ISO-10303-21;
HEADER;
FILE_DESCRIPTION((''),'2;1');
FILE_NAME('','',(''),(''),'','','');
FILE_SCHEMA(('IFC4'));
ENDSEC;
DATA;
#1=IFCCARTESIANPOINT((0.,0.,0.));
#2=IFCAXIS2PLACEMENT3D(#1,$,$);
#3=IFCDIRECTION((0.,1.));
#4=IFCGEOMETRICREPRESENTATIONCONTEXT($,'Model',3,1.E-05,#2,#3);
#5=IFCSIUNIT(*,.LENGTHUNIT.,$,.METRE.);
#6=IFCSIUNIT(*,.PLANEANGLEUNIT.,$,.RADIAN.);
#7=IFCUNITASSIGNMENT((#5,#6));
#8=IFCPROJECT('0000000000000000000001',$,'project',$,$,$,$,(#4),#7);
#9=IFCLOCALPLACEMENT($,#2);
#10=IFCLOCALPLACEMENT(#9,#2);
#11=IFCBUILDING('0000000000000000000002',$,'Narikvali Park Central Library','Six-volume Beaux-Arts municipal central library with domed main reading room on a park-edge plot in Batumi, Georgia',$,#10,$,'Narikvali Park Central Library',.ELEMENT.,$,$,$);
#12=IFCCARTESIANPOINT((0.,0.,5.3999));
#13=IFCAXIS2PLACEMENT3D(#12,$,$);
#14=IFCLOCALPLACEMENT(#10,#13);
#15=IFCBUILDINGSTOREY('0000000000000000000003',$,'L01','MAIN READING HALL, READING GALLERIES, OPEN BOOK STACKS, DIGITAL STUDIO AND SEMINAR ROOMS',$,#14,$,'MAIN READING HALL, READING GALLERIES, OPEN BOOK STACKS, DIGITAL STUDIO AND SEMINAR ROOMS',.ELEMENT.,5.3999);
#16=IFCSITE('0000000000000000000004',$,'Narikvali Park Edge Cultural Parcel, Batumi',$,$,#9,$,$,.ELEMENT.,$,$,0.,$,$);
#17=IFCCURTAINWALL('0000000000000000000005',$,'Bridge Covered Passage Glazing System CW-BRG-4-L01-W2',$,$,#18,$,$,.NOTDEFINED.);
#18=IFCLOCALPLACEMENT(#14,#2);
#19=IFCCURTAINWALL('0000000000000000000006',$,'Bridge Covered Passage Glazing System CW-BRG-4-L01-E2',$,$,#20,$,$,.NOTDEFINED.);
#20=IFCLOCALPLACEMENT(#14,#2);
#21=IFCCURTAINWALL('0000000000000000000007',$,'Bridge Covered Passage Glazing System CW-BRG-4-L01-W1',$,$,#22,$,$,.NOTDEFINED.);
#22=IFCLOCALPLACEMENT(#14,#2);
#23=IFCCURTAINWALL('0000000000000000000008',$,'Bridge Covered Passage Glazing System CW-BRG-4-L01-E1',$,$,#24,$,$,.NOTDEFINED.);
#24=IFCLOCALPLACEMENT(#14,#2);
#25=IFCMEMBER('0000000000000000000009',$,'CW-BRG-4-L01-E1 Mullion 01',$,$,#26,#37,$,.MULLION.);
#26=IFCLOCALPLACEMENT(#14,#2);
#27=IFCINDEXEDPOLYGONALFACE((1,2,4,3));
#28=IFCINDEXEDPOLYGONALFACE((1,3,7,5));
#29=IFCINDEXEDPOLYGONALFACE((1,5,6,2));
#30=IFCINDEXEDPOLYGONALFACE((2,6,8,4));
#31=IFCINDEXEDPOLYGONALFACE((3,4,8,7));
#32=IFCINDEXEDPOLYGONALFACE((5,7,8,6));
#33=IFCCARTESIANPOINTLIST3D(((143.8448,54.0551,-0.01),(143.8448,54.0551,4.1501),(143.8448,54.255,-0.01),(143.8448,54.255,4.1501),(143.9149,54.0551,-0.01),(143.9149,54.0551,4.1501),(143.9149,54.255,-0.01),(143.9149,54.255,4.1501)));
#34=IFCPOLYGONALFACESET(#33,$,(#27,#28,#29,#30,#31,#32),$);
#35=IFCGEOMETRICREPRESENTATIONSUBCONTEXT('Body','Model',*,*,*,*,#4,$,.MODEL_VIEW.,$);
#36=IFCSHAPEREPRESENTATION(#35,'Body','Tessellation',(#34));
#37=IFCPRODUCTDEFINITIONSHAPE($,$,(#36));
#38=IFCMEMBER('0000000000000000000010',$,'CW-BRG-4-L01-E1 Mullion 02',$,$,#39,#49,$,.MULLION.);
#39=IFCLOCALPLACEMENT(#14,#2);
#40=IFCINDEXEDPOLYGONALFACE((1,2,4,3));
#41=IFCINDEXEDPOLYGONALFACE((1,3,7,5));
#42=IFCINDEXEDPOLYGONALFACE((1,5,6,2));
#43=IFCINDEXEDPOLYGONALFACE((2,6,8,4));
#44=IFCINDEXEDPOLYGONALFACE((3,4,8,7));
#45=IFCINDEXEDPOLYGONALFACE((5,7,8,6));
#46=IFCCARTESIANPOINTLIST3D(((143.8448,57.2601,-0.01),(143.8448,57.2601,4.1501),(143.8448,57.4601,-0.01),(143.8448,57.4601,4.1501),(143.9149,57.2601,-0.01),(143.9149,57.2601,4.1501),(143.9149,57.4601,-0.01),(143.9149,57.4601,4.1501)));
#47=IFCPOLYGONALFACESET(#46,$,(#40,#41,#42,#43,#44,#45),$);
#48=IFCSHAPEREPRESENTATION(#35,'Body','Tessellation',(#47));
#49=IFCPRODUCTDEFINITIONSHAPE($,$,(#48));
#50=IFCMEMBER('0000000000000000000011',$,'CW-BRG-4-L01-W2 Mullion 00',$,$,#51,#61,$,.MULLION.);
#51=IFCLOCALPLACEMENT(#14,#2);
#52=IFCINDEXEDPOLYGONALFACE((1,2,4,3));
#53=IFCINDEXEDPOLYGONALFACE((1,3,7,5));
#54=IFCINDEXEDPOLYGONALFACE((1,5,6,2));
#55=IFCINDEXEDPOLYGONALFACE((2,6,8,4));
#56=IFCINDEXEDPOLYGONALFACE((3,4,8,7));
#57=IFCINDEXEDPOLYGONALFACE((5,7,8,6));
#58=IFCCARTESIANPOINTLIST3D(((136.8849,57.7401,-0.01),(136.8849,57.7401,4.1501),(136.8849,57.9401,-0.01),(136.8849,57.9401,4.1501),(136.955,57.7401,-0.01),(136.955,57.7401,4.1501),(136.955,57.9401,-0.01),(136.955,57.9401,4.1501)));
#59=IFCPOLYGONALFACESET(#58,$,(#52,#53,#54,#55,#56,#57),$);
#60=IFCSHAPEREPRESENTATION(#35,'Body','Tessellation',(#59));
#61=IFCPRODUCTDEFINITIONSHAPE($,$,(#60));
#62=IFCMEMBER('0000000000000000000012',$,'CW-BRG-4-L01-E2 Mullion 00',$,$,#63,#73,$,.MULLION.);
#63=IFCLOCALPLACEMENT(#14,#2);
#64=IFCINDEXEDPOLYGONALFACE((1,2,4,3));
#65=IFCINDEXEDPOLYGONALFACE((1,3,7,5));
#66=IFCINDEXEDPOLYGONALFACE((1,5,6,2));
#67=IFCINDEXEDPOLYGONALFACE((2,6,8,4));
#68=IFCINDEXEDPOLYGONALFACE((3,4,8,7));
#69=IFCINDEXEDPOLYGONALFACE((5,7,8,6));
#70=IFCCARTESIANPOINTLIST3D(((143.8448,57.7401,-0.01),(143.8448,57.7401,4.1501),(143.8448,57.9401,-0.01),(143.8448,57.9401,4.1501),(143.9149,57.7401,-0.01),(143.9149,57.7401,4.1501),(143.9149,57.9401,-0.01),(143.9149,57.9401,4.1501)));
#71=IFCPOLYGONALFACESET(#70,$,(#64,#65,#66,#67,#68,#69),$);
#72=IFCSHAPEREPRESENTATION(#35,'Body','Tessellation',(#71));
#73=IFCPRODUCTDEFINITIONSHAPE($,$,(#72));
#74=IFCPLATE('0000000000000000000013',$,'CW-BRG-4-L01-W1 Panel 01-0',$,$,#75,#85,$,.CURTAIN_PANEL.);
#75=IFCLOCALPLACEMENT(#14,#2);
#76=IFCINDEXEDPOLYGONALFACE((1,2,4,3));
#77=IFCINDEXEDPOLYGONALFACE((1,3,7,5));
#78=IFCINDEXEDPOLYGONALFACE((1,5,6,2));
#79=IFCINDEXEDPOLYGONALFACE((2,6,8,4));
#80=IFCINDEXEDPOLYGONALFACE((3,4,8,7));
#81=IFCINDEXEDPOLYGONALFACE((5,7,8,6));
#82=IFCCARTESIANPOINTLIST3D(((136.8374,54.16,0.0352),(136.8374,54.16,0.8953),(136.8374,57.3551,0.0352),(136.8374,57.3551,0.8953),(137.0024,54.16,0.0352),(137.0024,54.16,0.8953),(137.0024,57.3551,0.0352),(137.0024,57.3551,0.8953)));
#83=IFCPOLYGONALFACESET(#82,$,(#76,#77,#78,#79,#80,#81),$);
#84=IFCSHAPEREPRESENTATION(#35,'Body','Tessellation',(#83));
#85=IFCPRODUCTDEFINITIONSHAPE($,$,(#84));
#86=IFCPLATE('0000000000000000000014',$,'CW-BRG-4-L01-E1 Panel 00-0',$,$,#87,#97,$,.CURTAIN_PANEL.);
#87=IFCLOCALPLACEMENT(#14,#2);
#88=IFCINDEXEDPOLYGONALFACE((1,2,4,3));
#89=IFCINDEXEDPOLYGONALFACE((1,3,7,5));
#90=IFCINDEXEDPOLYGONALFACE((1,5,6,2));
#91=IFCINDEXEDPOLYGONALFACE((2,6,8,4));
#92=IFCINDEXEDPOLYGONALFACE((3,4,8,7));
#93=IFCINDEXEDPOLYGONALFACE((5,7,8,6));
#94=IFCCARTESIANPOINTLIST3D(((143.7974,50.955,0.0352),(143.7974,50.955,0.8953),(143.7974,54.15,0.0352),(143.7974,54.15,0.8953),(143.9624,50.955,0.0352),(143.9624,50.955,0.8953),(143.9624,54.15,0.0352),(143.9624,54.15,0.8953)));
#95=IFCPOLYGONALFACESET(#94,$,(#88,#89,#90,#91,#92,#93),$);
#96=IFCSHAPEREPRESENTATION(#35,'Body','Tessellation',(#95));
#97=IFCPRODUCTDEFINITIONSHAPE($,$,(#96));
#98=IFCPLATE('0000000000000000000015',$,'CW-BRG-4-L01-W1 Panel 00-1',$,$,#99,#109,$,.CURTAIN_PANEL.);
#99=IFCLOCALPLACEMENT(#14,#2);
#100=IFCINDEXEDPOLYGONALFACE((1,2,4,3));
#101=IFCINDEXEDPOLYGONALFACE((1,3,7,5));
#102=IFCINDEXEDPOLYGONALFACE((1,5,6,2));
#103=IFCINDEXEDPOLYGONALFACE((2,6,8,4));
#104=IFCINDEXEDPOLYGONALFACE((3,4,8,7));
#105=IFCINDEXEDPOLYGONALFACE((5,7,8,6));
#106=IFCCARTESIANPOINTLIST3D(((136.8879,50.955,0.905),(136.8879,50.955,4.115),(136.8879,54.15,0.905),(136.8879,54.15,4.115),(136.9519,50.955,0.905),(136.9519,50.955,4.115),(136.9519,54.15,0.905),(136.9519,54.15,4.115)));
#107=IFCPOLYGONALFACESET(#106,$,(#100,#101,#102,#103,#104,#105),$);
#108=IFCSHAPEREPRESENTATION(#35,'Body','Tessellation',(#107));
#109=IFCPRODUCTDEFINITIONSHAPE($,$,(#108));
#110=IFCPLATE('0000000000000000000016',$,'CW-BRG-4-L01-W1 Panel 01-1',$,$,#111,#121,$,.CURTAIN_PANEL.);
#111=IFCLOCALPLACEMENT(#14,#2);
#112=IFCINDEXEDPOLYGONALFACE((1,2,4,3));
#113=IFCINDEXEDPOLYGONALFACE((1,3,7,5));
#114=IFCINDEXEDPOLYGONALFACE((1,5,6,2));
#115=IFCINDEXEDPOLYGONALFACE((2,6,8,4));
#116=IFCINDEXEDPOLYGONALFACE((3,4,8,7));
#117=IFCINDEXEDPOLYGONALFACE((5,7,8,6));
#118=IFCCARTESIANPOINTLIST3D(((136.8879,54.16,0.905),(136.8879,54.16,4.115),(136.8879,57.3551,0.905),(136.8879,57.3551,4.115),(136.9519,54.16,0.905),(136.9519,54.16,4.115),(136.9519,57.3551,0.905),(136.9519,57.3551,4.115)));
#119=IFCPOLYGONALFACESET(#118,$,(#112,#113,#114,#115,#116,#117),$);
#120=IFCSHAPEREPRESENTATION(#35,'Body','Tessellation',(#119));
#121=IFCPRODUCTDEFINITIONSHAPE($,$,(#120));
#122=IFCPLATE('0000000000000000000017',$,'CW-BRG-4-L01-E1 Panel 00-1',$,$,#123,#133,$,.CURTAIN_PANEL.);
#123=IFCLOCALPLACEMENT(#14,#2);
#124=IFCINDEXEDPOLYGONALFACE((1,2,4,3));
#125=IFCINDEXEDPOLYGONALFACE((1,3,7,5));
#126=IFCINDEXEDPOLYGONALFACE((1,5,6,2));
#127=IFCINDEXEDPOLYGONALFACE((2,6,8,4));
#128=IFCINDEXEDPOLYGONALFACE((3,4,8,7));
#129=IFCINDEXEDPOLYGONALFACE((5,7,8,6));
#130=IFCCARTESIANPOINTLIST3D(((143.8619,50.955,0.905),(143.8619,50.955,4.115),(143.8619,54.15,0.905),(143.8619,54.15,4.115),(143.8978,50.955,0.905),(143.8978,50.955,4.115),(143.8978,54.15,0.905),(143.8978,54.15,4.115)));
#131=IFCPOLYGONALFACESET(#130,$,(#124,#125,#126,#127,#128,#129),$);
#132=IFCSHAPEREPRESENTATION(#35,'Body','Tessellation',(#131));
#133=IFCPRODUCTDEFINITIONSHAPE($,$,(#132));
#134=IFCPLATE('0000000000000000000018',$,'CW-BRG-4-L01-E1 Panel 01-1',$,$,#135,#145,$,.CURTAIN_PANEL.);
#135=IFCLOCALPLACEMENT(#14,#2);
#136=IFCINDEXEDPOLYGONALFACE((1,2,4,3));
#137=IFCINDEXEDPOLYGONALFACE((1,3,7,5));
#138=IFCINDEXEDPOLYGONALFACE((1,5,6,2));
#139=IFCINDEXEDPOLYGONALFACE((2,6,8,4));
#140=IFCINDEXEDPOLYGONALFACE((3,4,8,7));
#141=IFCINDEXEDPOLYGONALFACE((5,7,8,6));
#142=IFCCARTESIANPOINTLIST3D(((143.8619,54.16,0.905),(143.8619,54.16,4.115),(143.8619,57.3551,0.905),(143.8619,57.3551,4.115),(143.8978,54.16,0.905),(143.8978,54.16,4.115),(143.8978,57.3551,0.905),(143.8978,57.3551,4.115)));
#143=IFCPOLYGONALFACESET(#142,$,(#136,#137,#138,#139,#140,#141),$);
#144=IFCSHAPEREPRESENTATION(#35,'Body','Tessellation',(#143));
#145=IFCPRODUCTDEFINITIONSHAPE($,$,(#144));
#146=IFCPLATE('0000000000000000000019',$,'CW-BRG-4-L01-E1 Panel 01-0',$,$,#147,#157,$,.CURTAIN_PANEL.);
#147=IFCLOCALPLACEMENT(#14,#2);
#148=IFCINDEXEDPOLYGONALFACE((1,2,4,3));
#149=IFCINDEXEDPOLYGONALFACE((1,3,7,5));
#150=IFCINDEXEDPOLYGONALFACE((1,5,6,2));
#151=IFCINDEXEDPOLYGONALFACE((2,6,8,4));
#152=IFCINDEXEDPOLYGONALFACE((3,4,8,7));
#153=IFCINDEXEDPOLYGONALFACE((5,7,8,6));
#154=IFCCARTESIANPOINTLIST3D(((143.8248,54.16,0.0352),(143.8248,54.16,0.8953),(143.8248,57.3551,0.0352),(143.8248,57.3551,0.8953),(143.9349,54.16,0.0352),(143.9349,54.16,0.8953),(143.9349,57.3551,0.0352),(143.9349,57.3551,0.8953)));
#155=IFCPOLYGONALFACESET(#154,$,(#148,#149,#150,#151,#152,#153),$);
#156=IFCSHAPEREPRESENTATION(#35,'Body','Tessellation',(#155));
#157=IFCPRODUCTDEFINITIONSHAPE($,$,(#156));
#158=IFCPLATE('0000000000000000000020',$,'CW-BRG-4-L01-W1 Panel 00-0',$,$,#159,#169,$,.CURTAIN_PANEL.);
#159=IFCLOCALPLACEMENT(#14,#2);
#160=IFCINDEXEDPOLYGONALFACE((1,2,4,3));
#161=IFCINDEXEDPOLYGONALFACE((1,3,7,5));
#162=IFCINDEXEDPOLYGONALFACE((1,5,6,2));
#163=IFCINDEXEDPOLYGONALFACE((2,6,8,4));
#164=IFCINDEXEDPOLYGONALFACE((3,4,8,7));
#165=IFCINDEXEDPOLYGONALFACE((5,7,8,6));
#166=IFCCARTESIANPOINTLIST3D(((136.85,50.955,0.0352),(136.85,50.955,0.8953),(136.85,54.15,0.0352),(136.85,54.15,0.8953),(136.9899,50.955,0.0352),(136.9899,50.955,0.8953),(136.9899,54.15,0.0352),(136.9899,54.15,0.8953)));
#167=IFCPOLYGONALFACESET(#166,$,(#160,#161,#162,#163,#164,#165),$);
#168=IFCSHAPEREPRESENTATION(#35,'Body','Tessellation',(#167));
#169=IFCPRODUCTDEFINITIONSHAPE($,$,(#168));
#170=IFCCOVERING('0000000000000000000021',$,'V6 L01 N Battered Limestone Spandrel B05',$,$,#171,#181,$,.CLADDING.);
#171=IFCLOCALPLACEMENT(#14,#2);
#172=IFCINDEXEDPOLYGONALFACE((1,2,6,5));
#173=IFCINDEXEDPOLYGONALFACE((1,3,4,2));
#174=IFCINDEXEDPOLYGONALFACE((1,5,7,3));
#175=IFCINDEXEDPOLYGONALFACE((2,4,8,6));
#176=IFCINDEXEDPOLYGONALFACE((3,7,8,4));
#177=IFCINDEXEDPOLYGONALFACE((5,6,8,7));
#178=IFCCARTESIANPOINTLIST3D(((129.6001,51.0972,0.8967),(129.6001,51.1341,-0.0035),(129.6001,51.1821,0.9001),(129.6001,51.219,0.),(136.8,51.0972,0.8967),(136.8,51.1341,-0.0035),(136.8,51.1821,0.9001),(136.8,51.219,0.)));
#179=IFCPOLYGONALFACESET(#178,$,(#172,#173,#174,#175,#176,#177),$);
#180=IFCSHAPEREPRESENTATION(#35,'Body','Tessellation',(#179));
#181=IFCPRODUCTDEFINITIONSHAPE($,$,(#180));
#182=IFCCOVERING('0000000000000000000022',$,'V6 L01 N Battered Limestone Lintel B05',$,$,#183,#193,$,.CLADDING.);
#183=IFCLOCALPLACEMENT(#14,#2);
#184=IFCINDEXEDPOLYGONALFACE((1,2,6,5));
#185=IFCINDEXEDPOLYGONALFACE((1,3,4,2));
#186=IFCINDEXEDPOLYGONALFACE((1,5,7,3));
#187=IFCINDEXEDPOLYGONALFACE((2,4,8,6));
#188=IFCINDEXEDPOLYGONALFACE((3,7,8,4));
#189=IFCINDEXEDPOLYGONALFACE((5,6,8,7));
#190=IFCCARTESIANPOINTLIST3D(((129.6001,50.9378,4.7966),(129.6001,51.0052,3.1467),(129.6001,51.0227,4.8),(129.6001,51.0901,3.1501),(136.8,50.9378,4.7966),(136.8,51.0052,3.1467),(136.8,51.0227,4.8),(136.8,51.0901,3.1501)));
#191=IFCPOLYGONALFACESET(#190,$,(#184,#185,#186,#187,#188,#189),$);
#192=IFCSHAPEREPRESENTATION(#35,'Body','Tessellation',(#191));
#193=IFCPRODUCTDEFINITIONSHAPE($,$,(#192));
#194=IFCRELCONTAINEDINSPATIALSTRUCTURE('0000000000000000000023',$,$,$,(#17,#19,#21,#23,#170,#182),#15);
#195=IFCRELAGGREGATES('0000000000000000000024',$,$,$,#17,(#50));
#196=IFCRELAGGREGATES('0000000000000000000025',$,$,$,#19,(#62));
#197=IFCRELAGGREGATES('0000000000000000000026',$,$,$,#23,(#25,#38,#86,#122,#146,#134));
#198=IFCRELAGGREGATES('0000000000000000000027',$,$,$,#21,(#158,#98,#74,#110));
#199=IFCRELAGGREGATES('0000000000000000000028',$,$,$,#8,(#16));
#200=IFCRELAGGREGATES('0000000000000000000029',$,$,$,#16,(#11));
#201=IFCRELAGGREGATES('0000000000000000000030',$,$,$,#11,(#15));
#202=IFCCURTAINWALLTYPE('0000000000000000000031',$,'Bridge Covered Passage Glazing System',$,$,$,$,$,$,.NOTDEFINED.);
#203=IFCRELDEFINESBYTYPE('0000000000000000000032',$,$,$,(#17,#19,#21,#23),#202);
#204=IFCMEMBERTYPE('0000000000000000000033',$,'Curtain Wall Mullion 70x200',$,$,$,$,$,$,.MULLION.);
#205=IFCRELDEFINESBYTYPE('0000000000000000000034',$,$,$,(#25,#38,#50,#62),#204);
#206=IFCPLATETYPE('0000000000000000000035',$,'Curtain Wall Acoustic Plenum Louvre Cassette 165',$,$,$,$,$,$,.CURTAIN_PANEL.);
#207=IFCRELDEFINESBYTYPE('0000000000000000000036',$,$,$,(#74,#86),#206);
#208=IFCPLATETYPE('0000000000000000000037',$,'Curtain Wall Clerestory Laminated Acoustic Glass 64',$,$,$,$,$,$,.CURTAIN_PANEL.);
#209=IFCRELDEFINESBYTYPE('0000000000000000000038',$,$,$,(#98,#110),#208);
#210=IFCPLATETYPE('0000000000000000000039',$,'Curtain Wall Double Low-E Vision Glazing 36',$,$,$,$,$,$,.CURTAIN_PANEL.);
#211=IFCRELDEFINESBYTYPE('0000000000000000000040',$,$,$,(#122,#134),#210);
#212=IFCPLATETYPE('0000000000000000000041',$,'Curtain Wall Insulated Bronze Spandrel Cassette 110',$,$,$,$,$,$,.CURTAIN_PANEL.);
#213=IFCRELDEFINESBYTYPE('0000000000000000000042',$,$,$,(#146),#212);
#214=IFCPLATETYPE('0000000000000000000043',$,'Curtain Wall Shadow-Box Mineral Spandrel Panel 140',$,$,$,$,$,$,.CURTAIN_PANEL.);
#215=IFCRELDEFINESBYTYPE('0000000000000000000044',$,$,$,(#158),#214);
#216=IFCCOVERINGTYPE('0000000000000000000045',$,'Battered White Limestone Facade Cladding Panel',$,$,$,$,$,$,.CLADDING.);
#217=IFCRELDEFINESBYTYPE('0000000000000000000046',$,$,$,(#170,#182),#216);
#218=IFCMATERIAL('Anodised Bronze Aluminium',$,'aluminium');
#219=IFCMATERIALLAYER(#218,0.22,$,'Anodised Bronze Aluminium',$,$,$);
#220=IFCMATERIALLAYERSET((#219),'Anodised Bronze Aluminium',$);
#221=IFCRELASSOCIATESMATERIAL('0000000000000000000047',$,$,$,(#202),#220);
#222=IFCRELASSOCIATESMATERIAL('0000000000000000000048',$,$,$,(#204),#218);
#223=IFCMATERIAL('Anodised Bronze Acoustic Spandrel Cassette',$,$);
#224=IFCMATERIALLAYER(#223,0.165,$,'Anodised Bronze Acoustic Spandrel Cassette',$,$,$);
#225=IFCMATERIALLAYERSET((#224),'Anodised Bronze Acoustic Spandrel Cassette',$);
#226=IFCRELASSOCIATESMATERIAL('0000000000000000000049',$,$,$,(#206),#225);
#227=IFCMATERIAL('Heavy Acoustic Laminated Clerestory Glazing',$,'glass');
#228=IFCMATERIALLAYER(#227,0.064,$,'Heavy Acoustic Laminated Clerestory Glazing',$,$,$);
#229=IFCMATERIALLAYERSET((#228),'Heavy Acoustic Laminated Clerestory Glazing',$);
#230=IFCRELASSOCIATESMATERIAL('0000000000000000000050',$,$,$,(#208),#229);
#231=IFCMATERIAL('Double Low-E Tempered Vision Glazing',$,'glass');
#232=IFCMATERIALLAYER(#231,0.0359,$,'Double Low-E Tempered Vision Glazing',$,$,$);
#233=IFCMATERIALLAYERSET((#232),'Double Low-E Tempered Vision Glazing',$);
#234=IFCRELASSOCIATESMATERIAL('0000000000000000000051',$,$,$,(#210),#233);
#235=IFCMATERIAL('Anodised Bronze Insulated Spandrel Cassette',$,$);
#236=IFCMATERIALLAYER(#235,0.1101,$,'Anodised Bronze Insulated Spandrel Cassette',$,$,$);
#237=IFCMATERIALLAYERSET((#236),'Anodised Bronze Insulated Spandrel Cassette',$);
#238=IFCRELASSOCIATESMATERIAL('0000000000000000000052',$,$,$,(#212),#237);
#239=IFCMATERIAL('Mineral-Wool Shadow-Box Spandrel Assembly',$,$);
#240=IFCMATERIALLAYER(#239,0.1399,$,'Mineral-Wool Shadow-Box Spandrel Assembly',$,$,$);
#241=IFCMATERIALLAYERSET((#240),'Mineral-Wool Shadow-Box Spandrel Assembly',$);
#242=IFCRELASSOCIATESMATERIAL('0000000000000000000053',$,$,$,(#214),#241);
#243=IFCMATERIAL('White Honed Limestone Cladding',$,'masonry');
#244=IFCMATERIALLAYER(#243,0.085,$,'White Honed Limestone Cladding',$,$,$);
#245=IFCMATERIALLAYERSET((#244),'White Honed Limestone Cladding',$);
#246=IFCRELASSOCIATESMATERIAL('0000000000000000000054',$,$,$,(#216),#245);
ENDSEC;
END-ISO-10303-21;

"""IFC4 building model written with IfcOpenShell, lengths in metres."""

from ifc_helpers import new_model, si_unit, direction, frame, origin, origin_2d, place, context, subcontext, project, spatial, polyline, rectangle, outline, extrude, material, layer, layer_set, material_profile, profile_set, type_object, element, aggregate, save


model = new_model("IFC4")

# Units and contexts
model_context = context("Model", 3, precision=1e-05, world=origin(), true_north=direction((0.0, 1.0)))
body_context = subcontext(model_context, "Body", "Model", "MODEL_VIEW")
ifc_project = project(units=[si_unit("LENGTHUNIT", "METRE"), si_unit("PLANEANGLEUNIT", "RADIAN")], contexts=[model_context])

# Site, building, storey
site_placement = place(None, origin())
site = spatial("IfcSite", under=ifc_project, at=site_placement, Name="Narikvali Park Edge Cultural Parcel, Batumi", CompositionType="ELEMENT", RefElevation=0.0)
building_placement = place(site_placement, origin())
building = spatial("IfcBuilding", under=site, at=building_placement, Name="Narikvali Park Central Library", Description="Six-volume Beaux-Arts municipal central library with domed main reading room on a park-edge plot in Batumi, Georgia", LongName="Narikvali Park Central Library", CompositionType="ELEMENT")
storey_placement = place(building_placement, frame((0.0, 0.0, 5.3999)))
storey = spatial("IfcBuildingStorey", under=building, at=storey_placement, Name="L01", Description="MAIN READING HALL, READING GALLERIES, OPEN BOOK STACKS, DIGITAL STUDIO AND SEMINAR ROOMS", LongName="MAIN READING HALL, READING GALLERIES, OPEN BOOK STACKS, DIGITAL STUDIO AND SEMINAR ROOMS", CompositionType="ELEMENT", Elevation=5.3999)

# Curtain walls, members
ifc_material_1 = material(Name="Anodised Bronze Aluminium", Category="aluminium")
ifc_layer_1 = layer(ifc_material_1, 0.22, Name="Anodised Bronze Aluminium")
ifc_layer_set_1 = layer_set([ifc_layer_1], Name="Anodised Bronze Aluminium")
curtain_wall_type = type_object("IfcCurtainWallType", Name="Bridge Covered Passage Glazing System", PredefinedType="NOTDEFINED", material=ifc_layer_set_1)
curtain_wall_1_placement = place(storey_placement, origin())
curtain_wall_1 = element("IfcCurtainWall", 1, at=curtain_wall_1_placement, inside=storey, type_object=curtain_wall_type, Name="Bridge Covered Passage Glazing System CW-BRG-4-L01-W2", PredefinedType="NOTDEFINED")
curtain_wall_2_placement = place(storey_placement, origin())
curtain_wall_2 = element("IfcCurtainWall", 2, at=curtain_wall_2_placement, inside=storey, type_object=curtain_wall_type, Name="Bridge Covered Passage Glazing System CW-BRG-4-L01-E2", PredefinedType="NOTDEFINED")
curtain_wall_3_placement = place(storey_placement, origin())
curtain_wall_3 = element("IfcCurtainWall", 3, at=curtain_wall_3_placement, inside=storey, type_object=curtain_wall_type, Name="Bridge Covered Passage Glazing System CW-BRG-4-L01-W1", PredefinedType="NOTDEFINED")
ifc_material_profile_1 = material_profile(ifc_material_1, rectangle(XDim=0.0701, YDim=0.2, at=origin_2d()), Name="CW MULLION 70x200")
ifc_profile_set_1 = profile_set([ifc_material_profile_1], Name="Anodised Bronze Aluminium")
member_type_1 = type_object("IfcMemberType", Name="Curtain Wall Mullion 70x200", PredefinedType="MULLION", material=ifc_profile_set_1)
curtain_wall_4_placement = place(storey_placement, origin())
curtain_wall_4 = element("IfcCurtainWall", 4, at=curtain_wall_4_placement, inside=storey, type_object=curtain_wall_type, Name="Bridge Covered Passage Glazing System CW-BRG-4-L01-E1", PredefinedType="NOTDEFINED")
member_1_placement = place(storey_placement, frame((143.8799, 54.155, -0.01), z_axis=(0.0, 0.0, 1.0), x_axis=(1.0, 0.0, 0.0)))
member_1 = element("IfcMember", 5, at=member_1_placement, type_object=member_type_1, Name="CW-BRG-4-L01-E1 Mullion 01", PredefinedType="MULLION", context=body_context, shape_type="SweptSolid", body=[
    extrude(rectangle(XDim=0.0701, YDim=0.2, at=origin_2d()), origin(), (0.0, 0.0, 1.0), 4.1602),
])
member_2_placement = place(storey_placement, frame((143.8799, 57.3601, -0.01), z_axis=(0.0, 0.0, 1.0), x_axis=(1.0, 0.0, 0.0)))
member_2 = element("IfcMember", 6, at=member_2_placement, type_object=member_type_1, Name="CW-BRG-4-L01-E1 Mullion 02", PredefinedType="MULLION", context=body_context, shape_type="SweptSolid", body=[
    extrude(rectangle(XDim=0.0701, YDim=0.2, at=origin_2d()), origin(), (0.0, 0.0, 1.0), 4.1602),
])

# Members
member_3_placement = place(storey_placement, frame((136.9199, 57.8401, -0.01), z_axis=(0.0, 0.0, 1.0), x_axis=(1.0, 0.0, 0.0)))
member_3 = element("IfcMember", 7, at=member_3_placement, type_object=member_type_1, Name="CW-BRG-4-L01-W2 Mullion 00", PredefinedType="MULLION", context=body_context, shape_type="SweptSolid", body=[
    extrude(rectangle(XDim=0.0701, YDim=0.2, at=origin_2d()), origin(), (0.0, 0.0, 1.0), 4.1602),
])
aggregate(curtain_wall_1, [member_3])
member_4_placement = place(storey_placement, frame((143.8799, 57.8401, -0.01), z_axis=(0.0, 0.0, 1.0), x_axis=(1.0, 0.0, 0.0)))
member_4 = element("IfcMember", 8, at=member_4_placement, type_object=member_type_1, Name="CW-BRG-4-L01-E2 Mullion 00", PredefinedType="MULLION", context=body_context, shape_type="SweptSolid", body=[
    extrude(rectangle(XDim=0.0701, YDim=0.2, at=origin_2d()), origin(), (0.0, 0.0, 1.0), 4.1602),
])
aggregate(curtain_wall_2, [member_4])

# Plates
ifc_material_2 = material(Name="Anodised Bronze Acoustic Spandrel Cassette")
ifc_layer_2 = layer(ifc_material_2, 0.165, Name="Anodised Bronze Acoustic Spandrel Cassette")
ifc_layer_set_2 = layer_set([ifc_layer_2], Name="Anodised Bronze Acoustic Spandrel Cassette")
plate_type_1 = type_object("IfcPlateType", Name="Curtain Wall Acoustic Plenum Louvre Cassette 165", PredefinedType="CURTAIN_PANEL", material=ifc_layer_set_2)
plate_1_placement = place(storey_placement, frame((136.9199, 55.7576, 0.0352), z_axis=(0.0, 0.0, 1.0), x_axis=(0.0, 1.0, 0.0)))
plate_1 = element("IfcPlate", 9, at=plate_1_placement, type_object=plate_type_1, Name="CW-BRG-4-L01-W1 Panel 01-0", PredefinedType="CURTAIN_PANEL", context=body_context, shape_type="SweptSolid", body=[
    extrude(rectangle(XDim=3.1951, YDim=0.165, at=origin_2d()), origin(), (0.0, 0.0, 1.0), 0.8601),
])
plate_2_placement = place(storey_placement, frame((143.8799, 52.5525, 0.0352), z_axis=(0.0, 0.0, 1.0), x_axis=(0.0, 1.0, 0.0)))
plate_2 = element("IfcPlate", 10, at=plate_2_placement, type_object=plate_type_1, Name="CW-BRG-4-L01-E1 Panel 00-0", PredefinedType="CURTAIN_PANEL", context=body_context, shape_type="SweptSolid", body=[
    extrude(rectangle(XDim=3.1951, YDim=0.165, at=origin_2d()), origin(), (0.0, 0.0, 1.0), 0.8601),
])
ifc_material_3 = material(Name="Heavy Acoustic Laminated Clerestory Glazing", Category="glass")
ifc_layer_3 = layer(ifc_material_3, 0.064, Name="Heavy Acoustic Laminated Clerestory Glazing")
ifc_layer_set_3 = layer_set([ifc_layer_3], Name="Heavy Acoustic Laminated Clerestory Glazing")
plate_type_2 = type_object("IfcPlateType", Name="Curtain Wall Clerestory Laminated Acoustic Glass 64", PredefinedType="CURTAIN_PANEL", material=ifc_layer_set_3)
plate_3_placement = place(storey_placement, frame((136.9199, 52.5525, 0.905), z_axis=(0.0, 0.0, 1.0), x_axis=(0.0, 1.0, 0.0)))
plate_3 = element("IfcPlate", 11, at=plate_3_placement, type_object=plate_type_2, Name="CW-BRG-4-L01-W1 Panel 00-1", PredefinedType="CURTAIN_PANEL", context=body_context, shape_type="SweptSolid", body=[
    extrude(rectangle(XDim=3.1951, YDim=0.064, at=origin_2d()), origin(), (0.0, 0.0, 1.0), 3.21),
])
plate_4_placement = place(storey_placement, frame((136.9199, 55.7576, 0.905), z_axis=(0.0, 0.0, 1.0), x_axis=(0.0, 1.0, 0.0)))
plate_4 = element("IfcPlate", 12, at=plate_4_placement, type_object=plate_type_2, Name="CW-BRG-4-L01-W1 Panel 01-1", PredefinedType="CURTAIN_PANEL", context=body_context, shape_type="SweptSolid", body=[
    extrude(rectangle(XDim=3.1951, YDim=0.064, at=origin_2d()), origin(), (0.0, 0.0, 1.0), 3.21),
])
ifc_material_4 = material(Name="Double Low-E Tempered Vision Glazing", Category="glass")
ifc_layer_4 = layer(ifc_material_4, 0.0359, Name="Double Low-E Tempered Vision Glazing")
ifc_layer_set_4 = layer_set([ifc_layer_4], Name="Double Low-E Tempered Vision Glazing")
plate_type_3 = type_object("IfcPlateType", Name="Curtain Wall Double Low-E Vision Glazing 36", PredefinedType="CURTAIN_PANEL", material=ifc_layer_set_4)
plate_5_placement = place(storey_placement, frame((143.8799, 52.5525, 0.905), z_axis=(0.0, 0.0, 1.0), x_axis=(0.0, 1.0, 0.0)))
plate_5 = element("IfcPlate", 13, at=plate_5_placement, type_object=plate_type_3, Name="CW-BRG-4-L01-E1 Panel 00-1", PredefinedType="CURTAIN_PANEL", context=body_context, shape_type="SweptSolid", body=[
    extrude(rectangle(XDim=3.1951, YDim=0.0359, at=origin_2d()), origin(), (0.0, 0.0, 1.0), 3.21),
])
plate_6_placement = place(storey_placement, frame((143.8799, 55.7576, 0.905), z_axis=(0.0, 0.0, 1.0), x_axis=(0.0, 1.0, 0.0)))
plate_6 = element("IfcPlate", 14, at=plate_6_placement, type_object=plate_type_3, Name="CW-BRG-4-L01-E1 Panel 01-1", PredefinedType="CURTAIN_PANEL", context=body_context, shape_type="SweptSolid", body=[
    extrude(rectangle(XDim=3.1951, YDim=0.0359, at=origin_2d()), origin(), (0.0, 0.0, 1.0), 3.21),
])
ifc_material_5 = material(Name="Anodised Bronze Insulated Spandrel Cassette")
ifc_layer_5 = layer(ifc_material_5, 0.1101, Name="Anodised Bronze Insulated Spandrel Cassette")
ifc_layer_set_5 = layer_set([ifc_layer_5], Name="Anodised Bronze Insulated Spandrel Cassette")
plate_type_4 = type_object("IfcPlateType", Name="Curtain Wall Insulated Bronze Spandrel Cassette 110", PredefinedType="CURTAIN_PANEL", material=ifc_layer_set_5)
plate_7_placement = place(storey_placement, frame((143.8799, 55.7576, 0.0352), z_axis=(0.0, 0.0, 1.0), x_axis=(0.0, 1.0, 0.0)))
plate_7 = element("IfcPlate", 15, at=plate_7_placement, type_object=plate_type_4, Name="CW-BRG-4-L01-E1 Panel 01-0", PredefinedType="CURTAIN_PANEL", context=body_context, shape_type="SweptSolid", body=[
    extrude(rectangle(XDim=3.1951, YDim=0.1101, at=origin_2d()), origin(), (0.0, 0.0, 1.0), 0.8601),
])
aggregate(curtain_wall_4, [member_1, member_2, plate_2, plate_5, plate_7, plate_6])
ifc_material_6 = material(Name="Mineral-Wool Shadow-Box Spandrel Assembly")
ifc_layer_6 = layer(ifc_material_6, 0.1399, Name="Mineral-Wool Shadow-Box Spandrel Assembly")
ifc_layer_set_6 = layer_set([ifc_layer_6], Name="Mineral-Wool Shadow-Box Spandrel Assembly")
plate_type_5 = type_object("IfcPlateType", Name="Curtain Wall Shadow-Box Mineral Spandrel Panel 140", PredefinedType="CURTAIN_PANEL", material=ifc_layer_set_6)
plate_8_placement = place(storey_placement, frame((136.9199, 52.5525, 0.0352), z_axis=(0.0, 0.0, 1.0), x_axis=(0.0, 1.0, 0.0)))
plate_8 = element("IfcPlate", 16, at=plate_8_placement, type_object=plate_type_5, Name="CW-BRG-4-L01-W1 Panel 00-0", PredefinedType="CURTAIN_PANEL", context=body_context, shape_type="SweptSolid", body=[
    extrude(rectangle(XDim=3.1951, YDim=0.1399, at=origin_2d()), origin(), (0.0, 0.0, 1.0), 0.8601),
])
aggregate(curtain_wall_3, [plate_8, plate_3, plate_1, plate_4])

# Coverings
ifc_material_7 = material(Name="White Honed Limestone Cladding", Category="masonry")
ifc_layer_7 = layer(ifc_material_7, 0.085, Name="White Honed Limestone Cladding")
ifc_layer_set_7 = layer_set([ifc_layer_7], Name="White Honed Limestone Cladding")
covering_type = type_object("IfcCoveringType", Name="Battered White Limestone Facade Cladding Panel", PredefinedType="CLADDING", material=ifc_layer_set_7)
covering_1_placement = place(storey_placement, frame((136.8, 51.219, 0.0), z_axis=(0.0, 0.999162, 0.04092), x_axis=(-1.0, 0.0, 0.0)))
element("IfcCovering", 17, at=covering_1_placement, inside=storey, type_object=covering_type, Name="V6 L01 N Battered Limestone Spandrel B05", PredefinedType="CLADDING", context=body_context, shape_type="SweptSolid", body=[
    extrude(outline(polyline([(0.0, 0.0), (7.2, 0.0), (7.2, 0.9009), (0.0, 0.9009), (0.0, 0.0)])), origin(), (0.0, 0.0, -1.0), 0.085),
])
covering_2_placement = place(storey_placement, frame((136.8, 51.0901, 3.1501), z_axis=(0.0, 0.999167, 0.040806), x_axis=(-1.0, 0.0, 0.0)))
element("IfcCovering", 18, at=covering_2_placement, inside=storey, type_object=covering_type, Name="V6 L01 N Battered Limestone Lintel B05", PredefinedType="CLADDING", context=body_context, shape_type="SweptSolid", body=[
    extrude(outline(polyline([(0.0, 0.0), (7.2, 0.0), (7.2, 1.6513), (0.0, 1.6513), (0.0, 0.0)])), origin(), (0.0, 0.0, -1.0), 0.085),
])

save(model, "model.ifc")
